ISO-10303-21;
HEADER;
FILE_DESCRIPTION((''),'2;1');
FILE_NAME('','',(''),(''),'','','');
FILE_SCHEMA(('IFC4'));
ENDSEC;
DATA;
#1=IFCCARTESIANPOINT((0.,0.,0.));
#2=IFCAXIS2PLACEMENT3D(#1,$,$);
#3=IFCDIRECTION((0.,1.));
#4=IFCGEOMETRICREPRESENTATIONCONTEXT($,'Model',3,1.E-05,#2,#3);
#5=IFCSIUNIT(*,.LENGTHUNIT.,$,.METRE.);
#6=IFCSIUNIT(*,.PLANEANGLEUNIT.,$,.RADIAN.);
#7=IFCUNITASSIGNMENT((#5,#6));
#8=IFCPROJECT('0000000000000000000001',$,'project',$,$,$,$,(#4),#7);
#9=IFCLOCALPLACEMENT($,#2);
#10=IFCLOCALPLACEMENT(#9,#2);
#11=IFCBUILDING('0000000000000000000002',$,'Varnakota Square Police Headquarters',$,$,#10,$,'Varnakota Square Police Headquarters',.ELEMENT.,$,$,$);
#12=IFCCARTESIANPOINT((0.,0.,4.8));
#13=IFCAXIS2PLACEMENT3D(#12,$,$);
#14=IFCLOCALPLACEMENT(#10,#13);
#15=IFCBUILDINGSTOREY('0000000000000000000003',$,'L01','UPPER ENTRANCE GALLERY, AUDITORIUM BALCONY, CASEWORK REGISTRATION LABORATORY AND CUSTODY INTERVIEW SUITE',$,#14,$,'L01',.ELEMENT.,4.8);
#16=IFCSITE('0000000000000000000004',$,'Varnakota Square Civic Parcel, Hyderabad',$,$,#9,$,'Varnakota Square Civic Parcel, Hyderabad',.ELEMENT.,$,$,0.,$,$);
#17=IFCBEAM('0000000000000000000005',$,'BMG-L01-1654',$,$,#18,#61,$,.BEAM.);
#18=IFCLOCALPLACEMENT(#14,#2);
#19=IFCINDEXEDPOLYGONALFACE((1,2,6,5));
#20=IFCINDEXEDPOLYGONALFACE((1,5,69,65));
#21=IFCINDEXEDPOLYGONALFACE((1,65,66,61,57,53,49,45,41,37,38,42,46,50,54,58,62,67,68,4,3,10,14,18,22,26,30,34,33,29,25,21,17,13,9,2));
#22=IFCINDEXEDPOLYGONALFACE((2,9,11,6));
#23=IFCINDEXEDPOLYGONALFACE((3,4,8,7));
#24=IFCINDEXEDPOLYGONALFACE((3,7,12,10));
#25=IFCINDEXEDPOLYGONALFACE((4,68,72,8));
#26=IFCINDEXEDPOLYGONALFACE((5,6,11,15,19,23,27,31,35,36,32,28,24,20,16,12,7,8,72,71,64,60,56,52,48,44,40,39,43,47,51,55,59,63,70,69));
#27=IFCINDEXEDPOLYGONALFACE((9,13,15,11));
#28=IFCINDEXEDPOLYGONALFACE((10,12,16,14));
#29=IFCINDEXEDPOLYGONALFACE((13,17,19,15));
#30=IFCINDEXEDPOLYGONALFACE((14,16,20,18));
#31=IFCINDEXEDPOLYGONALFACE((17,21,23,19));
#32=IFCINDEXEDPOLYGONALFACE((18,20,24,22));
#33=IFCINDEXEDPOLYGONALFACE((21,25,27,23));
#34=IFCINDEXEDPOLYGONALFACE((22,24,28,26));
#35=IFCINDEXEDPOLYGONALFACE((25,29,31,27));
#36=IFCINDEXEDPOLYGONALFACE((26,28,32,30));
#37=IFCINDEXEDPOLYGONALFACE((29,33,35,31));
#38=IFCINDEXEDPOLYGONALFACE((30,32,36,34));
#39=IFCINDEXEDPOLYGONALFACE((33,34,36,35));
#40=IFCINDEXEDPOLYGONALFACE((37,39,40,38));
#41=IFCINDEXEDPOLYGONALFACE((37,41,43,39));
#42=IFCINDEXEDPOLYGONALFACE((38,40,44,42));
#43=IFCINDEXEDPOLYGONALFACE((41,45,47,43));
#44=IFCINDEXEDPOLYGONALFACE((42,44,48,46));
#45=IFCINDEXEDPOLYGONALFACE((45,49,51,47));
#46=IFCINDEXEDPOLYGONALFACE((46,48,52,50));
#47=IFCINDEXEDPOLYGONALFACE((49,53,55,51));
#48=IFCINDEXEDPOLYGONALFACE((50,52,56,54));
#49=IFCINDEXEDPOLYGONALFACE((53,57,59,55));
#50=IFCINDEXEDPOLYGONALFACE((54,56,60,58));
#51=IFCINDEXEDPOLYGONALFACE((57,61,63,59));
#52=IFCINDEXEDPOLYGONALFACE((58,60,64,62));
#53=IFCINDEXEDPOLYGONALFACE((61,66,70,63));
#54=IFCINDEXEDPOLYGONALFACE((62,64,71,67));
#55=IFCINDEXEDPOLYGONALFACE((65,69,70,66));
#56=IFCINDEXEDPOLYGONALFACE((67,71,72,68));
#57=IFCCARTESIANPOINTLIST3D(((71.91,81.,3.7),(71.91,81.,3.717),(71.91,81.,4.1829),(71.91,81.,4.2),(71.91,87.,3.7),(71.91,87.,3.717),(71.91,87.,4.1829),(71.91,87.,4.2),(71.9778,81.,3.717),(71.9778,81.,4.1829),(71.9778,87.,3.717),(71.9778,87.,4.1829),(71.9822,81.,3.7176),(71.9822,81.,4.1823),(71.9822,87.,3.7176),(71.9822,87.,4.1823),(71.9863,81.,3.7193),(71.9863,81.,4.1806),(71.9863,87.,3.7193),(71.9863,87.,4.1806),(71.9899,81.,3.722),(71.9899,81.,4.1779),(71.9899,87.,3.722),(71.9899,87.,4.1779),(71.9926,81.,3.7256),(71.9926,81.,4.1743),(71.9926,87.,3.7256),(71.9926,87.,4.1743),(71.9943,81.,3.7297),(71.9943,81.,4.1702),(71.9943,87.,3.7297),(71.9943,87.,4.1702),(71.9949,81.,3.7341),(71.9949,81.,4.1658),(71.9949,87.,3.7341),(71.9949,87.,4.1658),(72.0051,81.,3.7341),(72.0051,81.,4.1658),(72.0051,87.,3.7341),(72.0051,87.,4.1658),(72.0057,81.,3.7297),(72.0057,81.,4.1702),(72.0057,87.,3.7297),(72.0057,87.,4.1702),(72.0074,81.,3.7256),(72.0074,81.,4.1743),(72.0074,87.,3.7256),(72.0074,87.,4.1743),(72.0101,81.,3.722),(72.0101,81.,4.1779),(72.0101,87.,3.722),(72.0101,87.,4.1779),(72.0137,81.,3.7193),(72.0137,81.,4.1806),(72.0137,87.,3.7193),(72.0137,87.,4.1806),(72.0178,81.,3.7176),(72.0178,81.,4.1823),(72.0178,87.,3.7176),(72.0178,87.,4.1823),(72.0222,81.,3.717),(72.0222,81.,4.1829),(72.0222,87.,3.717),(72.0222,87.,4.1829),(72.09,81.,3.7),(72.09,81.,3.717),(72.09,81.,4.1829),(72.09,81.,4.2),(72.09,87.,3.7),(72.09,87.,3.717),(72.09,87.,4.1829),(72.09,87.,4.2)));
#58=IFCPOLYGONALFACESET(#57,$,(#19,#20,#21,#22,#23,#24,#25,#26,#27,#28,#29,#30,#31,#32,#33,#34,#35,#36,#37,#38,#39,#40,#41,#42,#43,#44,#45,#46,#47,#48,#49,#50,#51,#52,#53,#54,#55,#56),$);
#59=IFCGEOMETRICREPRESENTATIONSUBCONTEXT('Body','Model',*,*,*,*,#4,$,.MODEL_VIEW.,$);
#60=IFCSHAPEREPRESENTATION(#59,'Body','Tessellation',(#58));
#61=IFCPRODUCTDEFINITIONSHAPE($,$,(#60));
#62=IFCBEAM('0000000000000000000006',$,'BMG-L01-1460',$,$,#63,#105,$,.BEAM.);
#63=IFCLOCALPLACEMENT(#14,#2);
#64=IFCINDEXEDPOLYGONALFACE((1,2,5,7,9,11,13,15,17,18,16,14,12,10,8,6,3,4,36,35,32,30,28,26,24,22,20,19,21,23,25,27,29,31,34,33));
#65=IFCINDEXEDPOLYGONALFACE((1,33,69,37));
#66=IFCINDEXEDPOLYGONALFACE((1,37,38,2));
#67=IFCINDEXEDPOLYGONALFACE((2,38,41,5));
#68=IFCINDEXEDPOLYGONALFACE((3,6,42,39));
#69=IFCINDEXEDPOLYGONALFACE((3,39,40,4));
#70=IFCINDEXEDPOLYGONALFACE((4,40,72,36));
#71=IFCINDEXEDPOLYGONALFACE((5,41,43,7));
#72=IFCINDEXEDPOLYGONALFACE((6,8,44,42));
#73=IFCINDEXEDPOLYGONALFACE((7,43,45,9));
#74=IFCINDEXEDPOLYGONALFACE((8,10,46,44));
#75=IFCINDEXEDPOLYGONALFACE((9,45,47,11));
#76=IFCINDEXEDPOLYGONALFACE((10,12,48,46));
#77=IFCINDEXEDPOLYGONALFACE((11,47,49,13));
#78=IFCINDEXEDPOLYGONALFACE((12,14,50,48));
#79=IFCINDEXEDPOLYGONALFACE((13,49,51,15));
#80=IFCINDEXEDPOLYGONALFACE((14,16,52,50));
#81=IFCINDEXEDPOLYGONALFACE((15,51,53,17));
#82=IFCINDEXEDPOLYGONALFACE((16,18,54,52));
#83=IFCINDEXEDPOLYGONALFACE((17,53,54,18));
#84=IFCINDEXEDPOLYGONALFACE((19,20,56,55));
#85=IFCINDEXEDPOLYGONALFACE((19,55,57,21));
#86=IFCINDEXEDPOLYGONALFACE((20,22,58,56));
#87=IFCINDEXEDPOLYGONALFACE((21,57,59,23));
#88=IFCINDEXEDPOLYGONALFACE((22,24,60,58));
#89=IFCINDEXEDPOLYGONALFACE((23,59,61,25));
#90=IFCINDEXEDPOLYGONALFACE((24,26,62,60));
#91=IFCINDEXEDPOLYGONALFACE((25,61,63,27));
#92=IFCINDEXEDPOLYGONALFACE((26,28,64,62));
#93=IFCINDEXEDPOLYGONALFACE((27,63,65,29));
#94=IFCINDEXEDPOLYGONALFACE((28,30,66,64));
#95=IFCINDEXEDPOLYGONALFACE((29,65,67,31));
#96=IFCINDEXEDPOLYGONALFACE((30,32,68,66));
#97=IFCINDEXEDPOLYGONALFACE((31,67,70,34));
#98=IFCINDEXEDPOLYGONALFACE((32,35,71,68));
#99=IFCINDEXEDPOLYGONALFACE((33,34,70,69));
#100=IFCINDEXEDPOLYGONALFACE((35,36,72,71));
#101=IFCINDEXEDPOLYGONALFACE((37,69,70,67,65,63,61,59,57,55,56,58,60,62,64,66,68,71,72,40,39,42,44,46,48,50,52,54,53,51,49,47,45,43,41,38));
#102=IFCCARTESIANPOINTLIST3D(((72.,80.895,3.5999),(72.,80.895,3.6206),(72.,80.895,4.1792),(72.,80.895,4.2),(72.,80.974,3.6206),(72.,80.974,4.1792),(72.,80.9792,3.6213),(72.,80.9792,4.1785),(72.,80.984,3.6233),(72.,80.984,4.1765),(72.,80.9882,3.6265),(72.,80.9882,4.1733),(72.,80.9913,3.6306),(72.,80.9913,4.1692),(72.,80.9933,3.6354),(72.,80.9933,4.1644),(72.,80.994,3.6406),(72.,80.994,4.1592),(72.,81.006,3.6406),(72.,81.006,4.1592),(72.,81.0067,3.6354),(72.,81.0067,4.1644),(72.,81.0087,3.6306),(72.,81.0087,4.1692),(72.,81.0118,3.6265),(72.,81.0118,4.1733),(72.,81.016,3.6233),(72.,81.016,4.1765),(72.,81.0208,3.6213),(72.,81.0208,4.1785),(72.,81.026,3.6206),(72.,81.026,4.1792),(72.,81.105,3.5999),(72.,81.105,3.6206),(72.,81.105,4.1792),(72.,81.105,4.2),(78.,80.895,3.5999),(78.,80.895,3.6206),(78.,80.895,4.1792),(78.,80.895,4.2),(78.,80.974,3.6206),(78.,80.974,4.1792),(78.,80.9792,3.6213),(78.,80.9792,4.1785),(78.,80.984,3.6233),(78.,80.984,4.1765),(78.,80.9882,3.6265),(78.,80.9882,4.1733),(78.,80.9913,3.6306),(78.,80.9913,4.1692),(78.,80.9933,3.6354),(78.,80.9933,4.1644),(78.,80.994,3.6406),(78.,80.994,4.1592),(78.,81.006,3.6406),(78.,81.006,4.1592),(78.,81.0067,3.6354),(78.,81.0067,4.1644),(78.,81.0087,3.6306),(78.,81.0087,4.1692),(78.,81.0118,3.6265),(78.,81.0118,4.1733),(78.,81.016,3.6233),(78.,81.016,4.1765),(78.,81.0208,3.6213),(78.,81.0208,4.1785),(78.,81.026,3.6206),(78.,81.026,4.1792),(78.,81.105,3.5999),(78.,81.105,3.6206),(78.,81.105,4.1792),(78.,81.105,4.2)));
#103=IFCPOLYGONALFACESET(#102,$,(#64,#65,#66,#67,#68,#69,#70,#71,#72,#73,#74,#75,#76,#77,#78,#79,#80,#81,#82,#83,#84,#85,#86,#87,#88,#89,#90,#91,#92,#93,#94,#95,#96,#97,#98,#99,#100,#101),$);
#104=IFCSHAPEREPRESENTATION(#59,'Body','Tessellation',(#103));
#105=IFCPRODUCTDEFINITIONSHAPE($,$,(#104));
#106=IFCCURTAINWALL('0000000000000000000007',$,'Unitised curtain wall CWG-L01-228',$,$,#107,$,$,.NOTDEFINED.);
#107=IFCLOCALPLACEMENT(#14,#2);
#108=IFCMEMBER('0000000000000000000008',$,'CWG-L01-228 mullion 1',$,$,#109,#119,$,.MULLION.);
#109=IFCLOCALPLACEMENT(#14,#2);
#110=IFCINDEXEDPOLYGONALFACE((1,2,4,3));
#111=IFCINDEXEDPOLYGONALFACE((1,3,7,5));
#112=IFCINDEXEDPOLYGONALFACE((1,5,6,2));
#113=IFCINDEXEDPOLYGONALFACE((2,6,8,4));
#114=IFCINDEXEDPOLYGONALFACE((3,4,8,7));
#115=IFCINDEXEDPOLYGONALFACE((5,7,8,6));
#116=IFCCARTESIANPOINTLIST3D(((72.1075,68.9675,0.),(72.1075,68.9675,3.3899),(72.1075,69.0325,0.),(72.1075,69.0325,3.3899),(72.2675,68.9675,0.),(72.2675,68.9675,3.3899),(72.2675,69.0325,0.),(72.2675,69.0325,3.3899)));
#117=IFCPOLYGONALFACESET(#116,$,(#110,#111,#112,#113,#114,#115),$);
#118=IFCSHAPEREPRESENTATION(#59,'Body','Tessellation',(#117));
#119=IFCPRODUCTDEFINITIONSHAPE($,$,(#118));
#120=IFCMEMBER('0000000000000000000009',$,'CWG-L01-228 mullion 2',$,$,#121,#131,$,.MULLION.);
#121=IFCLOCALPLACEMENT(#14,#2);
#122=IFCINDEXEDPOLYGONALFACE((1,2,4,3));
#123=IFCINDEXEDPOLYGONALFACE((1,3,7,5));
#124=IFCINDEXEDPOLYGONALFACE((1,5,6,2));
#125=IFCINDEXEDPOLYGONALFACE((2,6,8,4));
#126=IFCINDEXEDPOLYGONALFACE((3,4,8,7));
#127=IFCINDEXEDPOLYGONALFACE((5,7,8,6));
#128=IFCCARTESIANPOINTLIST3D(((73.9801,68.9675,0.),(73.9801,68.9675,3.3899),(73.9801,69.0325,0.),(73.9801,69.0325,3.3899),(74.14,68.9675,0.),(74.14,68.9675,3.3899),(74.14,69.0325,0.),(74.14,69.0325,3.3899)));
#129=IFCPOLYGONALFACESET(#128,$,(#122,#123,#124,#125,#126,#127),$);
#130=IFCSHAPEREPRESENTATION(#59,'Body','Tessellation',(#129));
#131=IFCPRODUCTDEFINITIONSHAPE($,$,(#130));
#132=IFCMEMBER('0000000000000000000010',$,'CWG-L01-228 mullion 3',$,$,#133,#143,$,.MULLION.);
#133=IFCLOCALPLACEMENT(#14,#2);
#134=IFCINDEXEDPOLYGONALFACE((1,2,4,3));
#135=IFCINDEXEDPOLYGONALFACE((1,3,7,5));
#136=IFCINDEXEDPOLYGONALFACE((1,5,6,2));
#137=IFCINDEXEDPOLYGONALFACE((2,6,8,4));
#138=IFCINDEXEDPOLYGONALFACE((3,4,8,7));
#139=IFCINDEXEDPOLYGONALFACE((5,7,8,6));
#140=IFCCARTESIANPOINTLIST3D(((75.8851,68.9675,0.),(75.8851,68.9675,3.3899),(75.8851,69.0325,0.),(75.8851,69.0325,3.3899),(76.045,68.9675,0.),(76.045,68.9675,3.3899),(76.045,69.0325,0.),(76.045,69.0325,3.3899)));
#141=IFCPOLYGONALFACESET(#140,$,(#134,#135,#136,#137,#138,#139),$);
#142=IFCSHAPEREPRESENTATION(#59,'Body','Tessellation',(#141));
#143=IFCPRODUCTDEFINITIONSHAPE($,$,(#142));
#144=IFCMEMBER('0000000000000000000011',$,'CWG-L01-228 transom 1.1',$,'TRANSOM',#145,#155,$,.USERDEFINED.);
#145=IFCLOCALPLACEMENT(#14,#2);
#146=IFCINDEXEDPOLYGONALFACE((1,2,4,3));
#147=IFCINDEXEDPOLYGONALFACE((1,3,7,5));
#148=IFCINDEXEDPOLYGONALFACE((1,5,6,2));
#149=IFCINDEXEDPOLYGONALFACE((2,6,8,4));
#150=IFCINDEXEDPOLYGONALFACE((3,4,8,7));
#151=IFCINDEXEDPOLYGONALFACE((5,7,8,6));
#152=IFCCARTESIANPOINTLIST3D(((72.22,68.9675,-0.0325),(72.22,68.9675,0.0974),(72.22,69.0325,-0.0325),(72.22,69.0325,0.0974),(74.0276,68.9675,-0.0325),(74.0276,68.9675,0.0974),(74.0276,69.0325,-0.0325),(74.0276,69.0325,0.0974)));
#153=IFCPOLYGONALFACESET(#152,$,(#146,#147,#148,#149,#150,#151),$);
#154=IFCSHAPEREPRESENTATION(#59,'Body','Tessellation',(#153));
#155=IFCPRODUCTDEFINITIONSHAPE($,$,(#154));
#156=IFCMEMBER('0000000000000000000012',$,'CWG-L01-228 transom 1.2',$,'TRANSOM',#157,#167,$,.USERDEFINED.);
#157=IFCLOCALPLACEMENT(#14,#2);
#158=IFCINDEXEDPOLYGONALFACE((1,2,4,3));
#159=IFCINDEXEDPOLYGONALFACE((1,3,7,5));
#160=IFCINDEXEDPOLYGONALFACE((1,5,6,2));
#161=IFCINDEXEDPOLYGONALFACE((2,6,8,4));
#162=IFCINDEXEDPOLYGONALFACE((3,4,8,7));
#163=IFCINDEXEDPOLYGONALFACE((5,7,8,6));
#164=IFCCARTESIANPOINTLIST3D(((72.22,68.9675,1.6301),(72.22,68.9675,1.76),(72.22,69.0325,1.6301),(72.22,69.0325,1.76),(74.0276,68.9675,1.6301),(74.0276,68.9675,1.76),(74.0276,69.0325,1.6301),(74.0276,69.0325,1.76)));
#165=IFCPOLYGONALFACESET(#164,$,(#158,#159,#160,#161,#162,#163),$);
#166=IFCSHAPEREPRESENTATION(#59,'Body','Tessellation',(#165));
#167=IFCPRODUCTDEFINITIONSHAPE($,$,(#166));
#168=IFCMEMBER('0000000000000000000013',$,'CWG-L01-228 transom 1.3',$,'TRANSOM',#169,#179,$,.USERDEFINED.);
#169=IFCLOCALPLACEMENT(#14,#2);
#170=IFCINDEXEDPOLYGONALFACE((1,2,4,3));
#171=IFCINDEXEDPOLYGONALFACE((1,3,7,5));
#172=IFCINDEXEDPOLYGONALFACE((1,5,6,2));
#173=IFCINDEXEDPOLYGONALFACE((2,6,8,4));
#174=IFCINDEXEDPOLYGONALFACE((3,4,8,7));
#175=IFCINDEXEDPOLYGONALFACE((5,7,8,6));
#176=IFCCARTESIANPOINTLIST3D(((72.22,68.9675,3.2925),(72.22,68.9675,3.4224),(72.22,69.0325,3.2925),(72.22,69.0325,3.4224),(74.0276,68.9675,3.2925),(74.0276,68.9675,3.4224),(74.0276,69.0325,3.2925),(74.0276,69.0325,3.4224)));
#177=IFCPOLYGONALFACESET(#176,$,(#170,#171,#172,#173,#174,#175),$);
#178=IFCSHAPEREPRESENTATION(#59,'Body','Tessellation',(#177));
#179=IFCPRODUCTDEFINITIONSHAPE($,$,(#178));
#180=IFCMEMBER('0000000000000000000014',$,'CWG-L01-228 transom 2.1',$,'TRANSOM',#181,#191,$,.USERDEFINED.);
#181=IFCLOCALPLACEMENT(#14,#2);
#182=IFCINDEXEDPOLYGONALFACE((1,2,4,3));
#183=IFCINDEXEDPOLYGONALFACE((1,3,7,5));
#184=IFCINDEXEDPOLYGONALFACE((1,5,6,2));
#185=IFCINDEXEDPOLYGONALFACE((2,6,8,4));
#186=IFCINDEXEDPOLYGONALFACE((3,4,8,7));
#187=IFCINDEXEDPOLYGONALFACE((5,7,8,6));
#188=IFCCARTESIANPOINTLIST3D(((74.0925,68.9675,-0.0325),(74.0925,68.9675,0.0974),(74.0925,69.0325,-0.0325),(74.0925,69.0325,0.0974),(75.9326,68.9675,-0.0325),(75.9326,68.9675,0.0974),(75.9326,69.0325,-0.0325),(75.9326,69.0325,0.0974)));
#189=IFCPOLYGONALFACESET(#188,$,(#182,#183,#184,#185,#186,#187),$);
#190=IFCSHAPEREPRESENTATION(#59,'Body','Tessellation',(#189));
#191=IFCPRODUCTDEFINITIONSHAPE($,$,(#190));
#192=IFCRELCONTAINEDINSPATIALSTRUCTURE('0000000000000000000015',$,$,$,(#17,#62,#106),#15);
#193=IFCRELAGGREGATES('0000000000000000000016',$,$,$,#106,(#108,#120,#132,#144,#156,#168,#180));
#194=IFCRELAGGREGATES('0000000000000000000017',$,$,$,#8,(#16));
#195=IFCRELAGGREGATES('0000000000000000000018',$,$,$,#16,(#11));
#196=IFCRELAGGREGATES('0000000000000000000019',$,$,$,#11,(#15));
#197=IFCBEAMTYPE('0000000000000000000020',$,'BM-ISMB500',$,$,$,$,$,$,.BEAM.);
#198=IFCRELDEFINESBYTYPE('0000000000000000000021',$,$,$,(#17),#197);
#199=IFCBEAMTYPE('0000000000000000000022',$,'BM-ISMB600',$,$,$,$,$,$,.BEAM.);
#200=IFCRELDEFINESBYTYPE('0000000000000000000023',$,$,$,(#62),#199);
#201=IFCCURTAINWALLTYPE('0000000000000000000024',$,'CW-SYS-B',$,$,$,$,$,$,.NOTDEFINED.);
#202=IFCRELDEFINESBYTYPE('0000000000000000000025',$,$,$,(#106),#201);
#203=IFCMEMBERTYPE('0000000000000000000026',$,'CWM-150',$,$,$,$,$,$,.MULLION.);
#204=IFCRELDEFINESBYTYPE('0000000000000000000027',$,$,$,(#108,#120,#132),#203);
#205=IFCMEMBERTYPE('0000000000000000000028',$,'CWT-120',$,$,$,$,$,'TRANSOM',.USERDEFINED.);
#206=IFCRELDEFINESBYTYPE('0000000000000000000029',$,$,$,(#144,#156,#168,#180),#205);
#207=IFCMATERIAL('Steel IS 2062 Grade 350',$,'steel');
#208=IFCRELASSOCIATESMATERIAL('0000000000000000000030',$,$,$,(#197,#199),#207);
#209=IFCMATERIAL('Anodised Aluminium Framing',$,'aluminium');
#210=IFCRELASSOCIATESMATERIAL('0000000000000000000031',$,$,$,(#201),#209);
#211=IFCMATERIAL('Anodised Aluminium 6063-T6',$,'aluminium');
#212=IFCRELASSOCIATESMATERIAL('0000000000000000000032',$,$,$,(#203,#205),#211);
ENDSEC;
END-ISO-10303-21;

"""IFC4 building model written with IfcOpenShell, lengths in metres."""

from ifc_helpers import new_model, si_unit, direction, frame, origin, origin_2d, place, context, subcontext, project, spatial, rectangle, i_section, extrude, material, material_profile, profile_set, type_object, element, aggregate, save


model = new_model("IFC4")

# Units and contexts
model_context = context("Model", 3, precision=1e-05, world=origin(), true_north=direction((0.0, 1.0)))
body_context = subcontext(model_context, "Body", "Model", "MODEL_VIEW")
ifc_project = project(units=[si_unit("LENGTHUNIT", "METRE"), si_unit("PLANEANGLEUNIT", "RADIAN")], contexts=[model_context])

# Site, building, storey
site_placement = place(None, origin())
site = spatial("IfcSite", under=ifc_project, at=site_placement, Name="Varnakota Square Civic Parcel, Hyderabad", LongName="Varnakota Square Civic Parcel, Hyderabad", CompositionType="ELEMENT", RefElevation=0.0)
building_placement = place(site_placement, origin())
building = spatial("IfcBuilding", under=site, at=building_placement, Name="Varnakota Square Police Headquarters", LongName="Varnakota Square Police Headquarters", CompositionType="ELEMENT")
storey_placement = place(building_placement, frame((0.0, 0.0, 4.8)))
storey = spatial("IfcBuildingStorey", under=building, at=storey_placement, Name="L01", Description="UPPER ENTRANCE GALLERY, AUDITORIUM BALCONY, CASEWORK REGISTRATION LABORATORY AND CUSTODY INTERVIEW SUITE", LongName="L01", CompositionType="ELEMENT", Elevation=4.8)

# Shared definitions
ifc_material_1 = material(Name="Steel IS 2062 Grade 350", Category="steel")

# Beams
ifc_material_profile_1 = material_profile(ifc_material_1, i_section(OverallWidth=0.1799, OverallDepth=0.5, WebThickness=0.0103, FlangeThickness=0.0171, FilletRadius=0.0171, at=origin_2d()), Name="ISMB 500")
ifc_profile_set_1 = profile_set([ifc_material_profile_1], Name="Steel IS 2062 Grade 350")
beam_type_1 = type_object("IfcBeamType", Name="BM-ISMB500", PredefinedType="BEAM", material=ifc_profile_set_1)
beam_1_placement = place(storey_placement, frame((72.0, 81.0, 3.95), z_axis=(0.0, 1.0, 0.0), x_axis=(-1.0, 0.0, 0.0)))
element("IfcBeam", 1, at=beam_1_placement, inside=storey, type_object=beam_type_1, Name="BMG-L01-1654", PredefinedType="BEAM", context=body_context, shape_type="SweptSolid", body=[
    extrude(i_section(OverallWidth=0.1799, OverallDepth=0.5, WebThickness=0.0103, FlangeThickness=0.0171, FilletRadius=0.0171, at=origin_2d()), origin(), (0.0, 0.0, 1.0), 6.0),
])
ifc_material_profile_2 = material_profile(ifc_material_1, i_section(OverallWidth=0.21, OverallDepth=0.6001, WebThickness=0.012, FlangeThickness=0.0208, FilletRadius=0.02, at=origin_2d()), Name="ISMB 600")
ifc_profile_set_2 = profile_set([ifc_material_profile_2], Name="Steel IS 2062 Grade 350")
beam_type_2 = type_object("IfcBeamType", Name="BM-ISMB600", PredefinedType="BEAM", material=ifc_profile_set_2)
beam_2_placement = place(storey_placement, frame((72.0, 81.0, 3.8999), z_axis=(1.0, 0.0, 0.0), x_axis=(0.0, 1.0, 0.0)))
element("IfcBeam", 2, at=beam_2_placement, inside=storey, type_object=beam_type_2, Name="BMG-L01-1460", PredefinedType="BEAM", context=body_context, shape_type="SweptSolid", body=[
    extrude(i_section(OverallWidth=0.21, OverallDepth=0.6001, WebThickness=0.012, FlangeThickness=0.0208, FilletRadius=0.02, at=origin_2d()), origin(), (0.0, 0.0, 1.0), 6.0),
])

# Curtain wall, members
ifc_material_2 = material(Name="Anodised Aluminium Framing", Category="aluminium")
curtain_wall_type = type_object("IfcCurtainWallType", Name="CW-SYS-B", PredefinedType="NOTDEFINED", material=ifc_material_2)
curtain_wall_placement = place(storey_placement, origin())
curtain_wall = element("IfcCurtainWall", 3, at=curtain_wall_placement, inside=storey, type_object=curtain_wall_type, Name="Unitised curtain wall CWG-L01-228", PredefinedType="NOTDEFINED")
ifc_material_3 = material(Name="Anodised Aluminium 6063-T6", Category="aluminium")
ifc_material_profile_3 = material_profile(ifc_material_3, rectangle(XDim=0.0649, YDim=0.1599, at=origin_2d()), Name="ALU MULLION 65x160")
ifc_profile_set_3 = profile_set([ifc_material_profile_3], Name="Anodised Aluminium 6063-T6")
member_type_1 = type_object("IfcMemberType", Name="CWM-150", PredefinedType="MULLION", material=ifc_profile_set_3)
member_1_placement = place(storey_placement, frame((72.1875, 69.0, 0.0), z_axis=(0.0, 0.0, 1.0), x_axis=(0.0, 1.0, 0.0)))
member_1 = element("IfcMember", 4, at=member_1_placement, type_object=member_type_1, Name="CWG-L01-228 mullion 1", PredefinedType="MULLION", context=body_context, shape_type="SweptSolid", body=[
    extrude(rectangle(XDim=0.0649, YDim=0.1599, at=origin_2d()), origin(), (0.0, 0.0, 1.0), 3.3899),
])
member_2_placement = place(storey_placement, frame((74.0601, 69.0, 0.0), z_axis=(0.0, 0.0, 1.0), x_axis=(0.0, 1.0, 0.0)))
member_2 = element("IfcMember", 5, at=member_2_placement, type_object=member_type_1, Name="CWG-L01-228 mullion 2", PredefinedType="MULLION", context=body_context, shape_type="SweptSolid", body=[
    extrude(rectangle(XDim=0.0649, YDim=0.1599, at=origin_2d()), origin(), (0.0, 0.0, 1.0), 3.3899),
])
member_3_placement = place(storey_placement, frame((75.9651, 69.0, 0.0), z_axis=(0.0, 0.0, 1.0), x_axis=(0.0, 1.0, 0.0)))
member_3 = element("IfcMember", 6, at=member_3_placement, type_object=member_type_1, Name="CWG-L01-228 mullion 3", PredefinedType="MULLION", context=body_context, shape_type="SweptSolid", body=[
    extrude(rectangle(XDim=0.0649, YDim=0.1599, at=origin_2d()), origin(), (0.0, 0.0, 1.0), 3.3899),
])
ifc_material_profile_4 = material_profile(ifc_material_3, rectangle(XDim=0.0649, YDim=0.1299, at=origin_2d()), Name="ALU TRANSOM 65x130")
ifc_profile_set_4 = profile_set([ifc_material_profile_4], Name="Anodised Aluminium 6063-T6")
member_type_2 = type_object("IfcMemberType", Name="CWT-120", ElementType="TRANSOM", PredefinedType="USERDEFINED", material=ifc_profile_set_4)
member_4_placement = place(storey_placement, frame((72.22, 69.0, 0.0325), z_axis=(1.0, 0.0, 0.0), x_axis=(0.0, 1.0, 0.0)))
member_4 = element("IfcMember", 7, at=member_4_placement, type_object=member_type_2, Name="CWG-L01-228 transom 1.1", ObjectType="TRANSOM", PredefinedType="USERDEFINED", context=body_context, shape_type="SweptSolid", body=[
    extrude(rectangle(XDim=0.0649, YDim=0.1299, at=origin_2d()), origin(), (0.0, 0.0, 1.0), 1.8076),
])
member_5_placement = place(storey_placement, frame((72.22, 69.0, 1.6951), z_axis=(1.0, 0.0, 0.0), x_axis=(0.0, 1.0, 0.0)))
member_5 = element("IfcMember", 8, at=member_5_placement, type_object=member_type_2, Name="CWG-L01-228 transom 1.2", ObjectType="TRANSOM", PredefinedType="USERDEFINED", context=body_context, shape_type="SweptSolid", body=[
    extrude(rectangle(XDim=0.0649, YDim=0.1299, at=origin_2d()), origin(), (0.0, 0.0, 1.0), 1.8076),
])
member_6_placement = place(storey_placement, frame((72.22, 69.0, 3.3574), z_axis=(1.0, 0.0, 0.0), x_axis=(0.0, 1.0, 0.0)))
member_6 = element("IfcMember", 9, at=member_6_placement, type_object=member_type_2, Name="CWG-L01-228 transom 1.3", ObjectType="TRANSOM", PredefinedType="USERDEFINED", context=body_context, shape_type="SweptSolid", body=[
    extrude(rectangle(XDim=0.0649, YDim=0.1299, at=origin_2d()), origin(), (0.0, 0.0, 1.0), 1.8076),
])
member_7_placement = place(storey_placement, frame((74.0925, 69.0, 0.0325), z_axis=(1.0, 0.0, 0.0), x_axis=(0.0, 1.0, 0.0)))
member_7 = element("IfcMember", 10, at=member_7_placement, type_object=member_type_2, Name="CWG-L01-228 transom 2.1", ObjectType="TRANSOM", PredefinedType="USERDEFINED", context=body_context, shape_type="SweptSolid", body=[
    extrude(rectangle(XDim=0.0649, YDim=0.1299, at=origin_2d()), origin(), (0.0, 0.0, 1.0), 1.8401),
])
aggregate(curtain_wall, [member_1, member_2, member_3, member_4, member_5, member_6, member_7])

save(model, "model.ifc")
